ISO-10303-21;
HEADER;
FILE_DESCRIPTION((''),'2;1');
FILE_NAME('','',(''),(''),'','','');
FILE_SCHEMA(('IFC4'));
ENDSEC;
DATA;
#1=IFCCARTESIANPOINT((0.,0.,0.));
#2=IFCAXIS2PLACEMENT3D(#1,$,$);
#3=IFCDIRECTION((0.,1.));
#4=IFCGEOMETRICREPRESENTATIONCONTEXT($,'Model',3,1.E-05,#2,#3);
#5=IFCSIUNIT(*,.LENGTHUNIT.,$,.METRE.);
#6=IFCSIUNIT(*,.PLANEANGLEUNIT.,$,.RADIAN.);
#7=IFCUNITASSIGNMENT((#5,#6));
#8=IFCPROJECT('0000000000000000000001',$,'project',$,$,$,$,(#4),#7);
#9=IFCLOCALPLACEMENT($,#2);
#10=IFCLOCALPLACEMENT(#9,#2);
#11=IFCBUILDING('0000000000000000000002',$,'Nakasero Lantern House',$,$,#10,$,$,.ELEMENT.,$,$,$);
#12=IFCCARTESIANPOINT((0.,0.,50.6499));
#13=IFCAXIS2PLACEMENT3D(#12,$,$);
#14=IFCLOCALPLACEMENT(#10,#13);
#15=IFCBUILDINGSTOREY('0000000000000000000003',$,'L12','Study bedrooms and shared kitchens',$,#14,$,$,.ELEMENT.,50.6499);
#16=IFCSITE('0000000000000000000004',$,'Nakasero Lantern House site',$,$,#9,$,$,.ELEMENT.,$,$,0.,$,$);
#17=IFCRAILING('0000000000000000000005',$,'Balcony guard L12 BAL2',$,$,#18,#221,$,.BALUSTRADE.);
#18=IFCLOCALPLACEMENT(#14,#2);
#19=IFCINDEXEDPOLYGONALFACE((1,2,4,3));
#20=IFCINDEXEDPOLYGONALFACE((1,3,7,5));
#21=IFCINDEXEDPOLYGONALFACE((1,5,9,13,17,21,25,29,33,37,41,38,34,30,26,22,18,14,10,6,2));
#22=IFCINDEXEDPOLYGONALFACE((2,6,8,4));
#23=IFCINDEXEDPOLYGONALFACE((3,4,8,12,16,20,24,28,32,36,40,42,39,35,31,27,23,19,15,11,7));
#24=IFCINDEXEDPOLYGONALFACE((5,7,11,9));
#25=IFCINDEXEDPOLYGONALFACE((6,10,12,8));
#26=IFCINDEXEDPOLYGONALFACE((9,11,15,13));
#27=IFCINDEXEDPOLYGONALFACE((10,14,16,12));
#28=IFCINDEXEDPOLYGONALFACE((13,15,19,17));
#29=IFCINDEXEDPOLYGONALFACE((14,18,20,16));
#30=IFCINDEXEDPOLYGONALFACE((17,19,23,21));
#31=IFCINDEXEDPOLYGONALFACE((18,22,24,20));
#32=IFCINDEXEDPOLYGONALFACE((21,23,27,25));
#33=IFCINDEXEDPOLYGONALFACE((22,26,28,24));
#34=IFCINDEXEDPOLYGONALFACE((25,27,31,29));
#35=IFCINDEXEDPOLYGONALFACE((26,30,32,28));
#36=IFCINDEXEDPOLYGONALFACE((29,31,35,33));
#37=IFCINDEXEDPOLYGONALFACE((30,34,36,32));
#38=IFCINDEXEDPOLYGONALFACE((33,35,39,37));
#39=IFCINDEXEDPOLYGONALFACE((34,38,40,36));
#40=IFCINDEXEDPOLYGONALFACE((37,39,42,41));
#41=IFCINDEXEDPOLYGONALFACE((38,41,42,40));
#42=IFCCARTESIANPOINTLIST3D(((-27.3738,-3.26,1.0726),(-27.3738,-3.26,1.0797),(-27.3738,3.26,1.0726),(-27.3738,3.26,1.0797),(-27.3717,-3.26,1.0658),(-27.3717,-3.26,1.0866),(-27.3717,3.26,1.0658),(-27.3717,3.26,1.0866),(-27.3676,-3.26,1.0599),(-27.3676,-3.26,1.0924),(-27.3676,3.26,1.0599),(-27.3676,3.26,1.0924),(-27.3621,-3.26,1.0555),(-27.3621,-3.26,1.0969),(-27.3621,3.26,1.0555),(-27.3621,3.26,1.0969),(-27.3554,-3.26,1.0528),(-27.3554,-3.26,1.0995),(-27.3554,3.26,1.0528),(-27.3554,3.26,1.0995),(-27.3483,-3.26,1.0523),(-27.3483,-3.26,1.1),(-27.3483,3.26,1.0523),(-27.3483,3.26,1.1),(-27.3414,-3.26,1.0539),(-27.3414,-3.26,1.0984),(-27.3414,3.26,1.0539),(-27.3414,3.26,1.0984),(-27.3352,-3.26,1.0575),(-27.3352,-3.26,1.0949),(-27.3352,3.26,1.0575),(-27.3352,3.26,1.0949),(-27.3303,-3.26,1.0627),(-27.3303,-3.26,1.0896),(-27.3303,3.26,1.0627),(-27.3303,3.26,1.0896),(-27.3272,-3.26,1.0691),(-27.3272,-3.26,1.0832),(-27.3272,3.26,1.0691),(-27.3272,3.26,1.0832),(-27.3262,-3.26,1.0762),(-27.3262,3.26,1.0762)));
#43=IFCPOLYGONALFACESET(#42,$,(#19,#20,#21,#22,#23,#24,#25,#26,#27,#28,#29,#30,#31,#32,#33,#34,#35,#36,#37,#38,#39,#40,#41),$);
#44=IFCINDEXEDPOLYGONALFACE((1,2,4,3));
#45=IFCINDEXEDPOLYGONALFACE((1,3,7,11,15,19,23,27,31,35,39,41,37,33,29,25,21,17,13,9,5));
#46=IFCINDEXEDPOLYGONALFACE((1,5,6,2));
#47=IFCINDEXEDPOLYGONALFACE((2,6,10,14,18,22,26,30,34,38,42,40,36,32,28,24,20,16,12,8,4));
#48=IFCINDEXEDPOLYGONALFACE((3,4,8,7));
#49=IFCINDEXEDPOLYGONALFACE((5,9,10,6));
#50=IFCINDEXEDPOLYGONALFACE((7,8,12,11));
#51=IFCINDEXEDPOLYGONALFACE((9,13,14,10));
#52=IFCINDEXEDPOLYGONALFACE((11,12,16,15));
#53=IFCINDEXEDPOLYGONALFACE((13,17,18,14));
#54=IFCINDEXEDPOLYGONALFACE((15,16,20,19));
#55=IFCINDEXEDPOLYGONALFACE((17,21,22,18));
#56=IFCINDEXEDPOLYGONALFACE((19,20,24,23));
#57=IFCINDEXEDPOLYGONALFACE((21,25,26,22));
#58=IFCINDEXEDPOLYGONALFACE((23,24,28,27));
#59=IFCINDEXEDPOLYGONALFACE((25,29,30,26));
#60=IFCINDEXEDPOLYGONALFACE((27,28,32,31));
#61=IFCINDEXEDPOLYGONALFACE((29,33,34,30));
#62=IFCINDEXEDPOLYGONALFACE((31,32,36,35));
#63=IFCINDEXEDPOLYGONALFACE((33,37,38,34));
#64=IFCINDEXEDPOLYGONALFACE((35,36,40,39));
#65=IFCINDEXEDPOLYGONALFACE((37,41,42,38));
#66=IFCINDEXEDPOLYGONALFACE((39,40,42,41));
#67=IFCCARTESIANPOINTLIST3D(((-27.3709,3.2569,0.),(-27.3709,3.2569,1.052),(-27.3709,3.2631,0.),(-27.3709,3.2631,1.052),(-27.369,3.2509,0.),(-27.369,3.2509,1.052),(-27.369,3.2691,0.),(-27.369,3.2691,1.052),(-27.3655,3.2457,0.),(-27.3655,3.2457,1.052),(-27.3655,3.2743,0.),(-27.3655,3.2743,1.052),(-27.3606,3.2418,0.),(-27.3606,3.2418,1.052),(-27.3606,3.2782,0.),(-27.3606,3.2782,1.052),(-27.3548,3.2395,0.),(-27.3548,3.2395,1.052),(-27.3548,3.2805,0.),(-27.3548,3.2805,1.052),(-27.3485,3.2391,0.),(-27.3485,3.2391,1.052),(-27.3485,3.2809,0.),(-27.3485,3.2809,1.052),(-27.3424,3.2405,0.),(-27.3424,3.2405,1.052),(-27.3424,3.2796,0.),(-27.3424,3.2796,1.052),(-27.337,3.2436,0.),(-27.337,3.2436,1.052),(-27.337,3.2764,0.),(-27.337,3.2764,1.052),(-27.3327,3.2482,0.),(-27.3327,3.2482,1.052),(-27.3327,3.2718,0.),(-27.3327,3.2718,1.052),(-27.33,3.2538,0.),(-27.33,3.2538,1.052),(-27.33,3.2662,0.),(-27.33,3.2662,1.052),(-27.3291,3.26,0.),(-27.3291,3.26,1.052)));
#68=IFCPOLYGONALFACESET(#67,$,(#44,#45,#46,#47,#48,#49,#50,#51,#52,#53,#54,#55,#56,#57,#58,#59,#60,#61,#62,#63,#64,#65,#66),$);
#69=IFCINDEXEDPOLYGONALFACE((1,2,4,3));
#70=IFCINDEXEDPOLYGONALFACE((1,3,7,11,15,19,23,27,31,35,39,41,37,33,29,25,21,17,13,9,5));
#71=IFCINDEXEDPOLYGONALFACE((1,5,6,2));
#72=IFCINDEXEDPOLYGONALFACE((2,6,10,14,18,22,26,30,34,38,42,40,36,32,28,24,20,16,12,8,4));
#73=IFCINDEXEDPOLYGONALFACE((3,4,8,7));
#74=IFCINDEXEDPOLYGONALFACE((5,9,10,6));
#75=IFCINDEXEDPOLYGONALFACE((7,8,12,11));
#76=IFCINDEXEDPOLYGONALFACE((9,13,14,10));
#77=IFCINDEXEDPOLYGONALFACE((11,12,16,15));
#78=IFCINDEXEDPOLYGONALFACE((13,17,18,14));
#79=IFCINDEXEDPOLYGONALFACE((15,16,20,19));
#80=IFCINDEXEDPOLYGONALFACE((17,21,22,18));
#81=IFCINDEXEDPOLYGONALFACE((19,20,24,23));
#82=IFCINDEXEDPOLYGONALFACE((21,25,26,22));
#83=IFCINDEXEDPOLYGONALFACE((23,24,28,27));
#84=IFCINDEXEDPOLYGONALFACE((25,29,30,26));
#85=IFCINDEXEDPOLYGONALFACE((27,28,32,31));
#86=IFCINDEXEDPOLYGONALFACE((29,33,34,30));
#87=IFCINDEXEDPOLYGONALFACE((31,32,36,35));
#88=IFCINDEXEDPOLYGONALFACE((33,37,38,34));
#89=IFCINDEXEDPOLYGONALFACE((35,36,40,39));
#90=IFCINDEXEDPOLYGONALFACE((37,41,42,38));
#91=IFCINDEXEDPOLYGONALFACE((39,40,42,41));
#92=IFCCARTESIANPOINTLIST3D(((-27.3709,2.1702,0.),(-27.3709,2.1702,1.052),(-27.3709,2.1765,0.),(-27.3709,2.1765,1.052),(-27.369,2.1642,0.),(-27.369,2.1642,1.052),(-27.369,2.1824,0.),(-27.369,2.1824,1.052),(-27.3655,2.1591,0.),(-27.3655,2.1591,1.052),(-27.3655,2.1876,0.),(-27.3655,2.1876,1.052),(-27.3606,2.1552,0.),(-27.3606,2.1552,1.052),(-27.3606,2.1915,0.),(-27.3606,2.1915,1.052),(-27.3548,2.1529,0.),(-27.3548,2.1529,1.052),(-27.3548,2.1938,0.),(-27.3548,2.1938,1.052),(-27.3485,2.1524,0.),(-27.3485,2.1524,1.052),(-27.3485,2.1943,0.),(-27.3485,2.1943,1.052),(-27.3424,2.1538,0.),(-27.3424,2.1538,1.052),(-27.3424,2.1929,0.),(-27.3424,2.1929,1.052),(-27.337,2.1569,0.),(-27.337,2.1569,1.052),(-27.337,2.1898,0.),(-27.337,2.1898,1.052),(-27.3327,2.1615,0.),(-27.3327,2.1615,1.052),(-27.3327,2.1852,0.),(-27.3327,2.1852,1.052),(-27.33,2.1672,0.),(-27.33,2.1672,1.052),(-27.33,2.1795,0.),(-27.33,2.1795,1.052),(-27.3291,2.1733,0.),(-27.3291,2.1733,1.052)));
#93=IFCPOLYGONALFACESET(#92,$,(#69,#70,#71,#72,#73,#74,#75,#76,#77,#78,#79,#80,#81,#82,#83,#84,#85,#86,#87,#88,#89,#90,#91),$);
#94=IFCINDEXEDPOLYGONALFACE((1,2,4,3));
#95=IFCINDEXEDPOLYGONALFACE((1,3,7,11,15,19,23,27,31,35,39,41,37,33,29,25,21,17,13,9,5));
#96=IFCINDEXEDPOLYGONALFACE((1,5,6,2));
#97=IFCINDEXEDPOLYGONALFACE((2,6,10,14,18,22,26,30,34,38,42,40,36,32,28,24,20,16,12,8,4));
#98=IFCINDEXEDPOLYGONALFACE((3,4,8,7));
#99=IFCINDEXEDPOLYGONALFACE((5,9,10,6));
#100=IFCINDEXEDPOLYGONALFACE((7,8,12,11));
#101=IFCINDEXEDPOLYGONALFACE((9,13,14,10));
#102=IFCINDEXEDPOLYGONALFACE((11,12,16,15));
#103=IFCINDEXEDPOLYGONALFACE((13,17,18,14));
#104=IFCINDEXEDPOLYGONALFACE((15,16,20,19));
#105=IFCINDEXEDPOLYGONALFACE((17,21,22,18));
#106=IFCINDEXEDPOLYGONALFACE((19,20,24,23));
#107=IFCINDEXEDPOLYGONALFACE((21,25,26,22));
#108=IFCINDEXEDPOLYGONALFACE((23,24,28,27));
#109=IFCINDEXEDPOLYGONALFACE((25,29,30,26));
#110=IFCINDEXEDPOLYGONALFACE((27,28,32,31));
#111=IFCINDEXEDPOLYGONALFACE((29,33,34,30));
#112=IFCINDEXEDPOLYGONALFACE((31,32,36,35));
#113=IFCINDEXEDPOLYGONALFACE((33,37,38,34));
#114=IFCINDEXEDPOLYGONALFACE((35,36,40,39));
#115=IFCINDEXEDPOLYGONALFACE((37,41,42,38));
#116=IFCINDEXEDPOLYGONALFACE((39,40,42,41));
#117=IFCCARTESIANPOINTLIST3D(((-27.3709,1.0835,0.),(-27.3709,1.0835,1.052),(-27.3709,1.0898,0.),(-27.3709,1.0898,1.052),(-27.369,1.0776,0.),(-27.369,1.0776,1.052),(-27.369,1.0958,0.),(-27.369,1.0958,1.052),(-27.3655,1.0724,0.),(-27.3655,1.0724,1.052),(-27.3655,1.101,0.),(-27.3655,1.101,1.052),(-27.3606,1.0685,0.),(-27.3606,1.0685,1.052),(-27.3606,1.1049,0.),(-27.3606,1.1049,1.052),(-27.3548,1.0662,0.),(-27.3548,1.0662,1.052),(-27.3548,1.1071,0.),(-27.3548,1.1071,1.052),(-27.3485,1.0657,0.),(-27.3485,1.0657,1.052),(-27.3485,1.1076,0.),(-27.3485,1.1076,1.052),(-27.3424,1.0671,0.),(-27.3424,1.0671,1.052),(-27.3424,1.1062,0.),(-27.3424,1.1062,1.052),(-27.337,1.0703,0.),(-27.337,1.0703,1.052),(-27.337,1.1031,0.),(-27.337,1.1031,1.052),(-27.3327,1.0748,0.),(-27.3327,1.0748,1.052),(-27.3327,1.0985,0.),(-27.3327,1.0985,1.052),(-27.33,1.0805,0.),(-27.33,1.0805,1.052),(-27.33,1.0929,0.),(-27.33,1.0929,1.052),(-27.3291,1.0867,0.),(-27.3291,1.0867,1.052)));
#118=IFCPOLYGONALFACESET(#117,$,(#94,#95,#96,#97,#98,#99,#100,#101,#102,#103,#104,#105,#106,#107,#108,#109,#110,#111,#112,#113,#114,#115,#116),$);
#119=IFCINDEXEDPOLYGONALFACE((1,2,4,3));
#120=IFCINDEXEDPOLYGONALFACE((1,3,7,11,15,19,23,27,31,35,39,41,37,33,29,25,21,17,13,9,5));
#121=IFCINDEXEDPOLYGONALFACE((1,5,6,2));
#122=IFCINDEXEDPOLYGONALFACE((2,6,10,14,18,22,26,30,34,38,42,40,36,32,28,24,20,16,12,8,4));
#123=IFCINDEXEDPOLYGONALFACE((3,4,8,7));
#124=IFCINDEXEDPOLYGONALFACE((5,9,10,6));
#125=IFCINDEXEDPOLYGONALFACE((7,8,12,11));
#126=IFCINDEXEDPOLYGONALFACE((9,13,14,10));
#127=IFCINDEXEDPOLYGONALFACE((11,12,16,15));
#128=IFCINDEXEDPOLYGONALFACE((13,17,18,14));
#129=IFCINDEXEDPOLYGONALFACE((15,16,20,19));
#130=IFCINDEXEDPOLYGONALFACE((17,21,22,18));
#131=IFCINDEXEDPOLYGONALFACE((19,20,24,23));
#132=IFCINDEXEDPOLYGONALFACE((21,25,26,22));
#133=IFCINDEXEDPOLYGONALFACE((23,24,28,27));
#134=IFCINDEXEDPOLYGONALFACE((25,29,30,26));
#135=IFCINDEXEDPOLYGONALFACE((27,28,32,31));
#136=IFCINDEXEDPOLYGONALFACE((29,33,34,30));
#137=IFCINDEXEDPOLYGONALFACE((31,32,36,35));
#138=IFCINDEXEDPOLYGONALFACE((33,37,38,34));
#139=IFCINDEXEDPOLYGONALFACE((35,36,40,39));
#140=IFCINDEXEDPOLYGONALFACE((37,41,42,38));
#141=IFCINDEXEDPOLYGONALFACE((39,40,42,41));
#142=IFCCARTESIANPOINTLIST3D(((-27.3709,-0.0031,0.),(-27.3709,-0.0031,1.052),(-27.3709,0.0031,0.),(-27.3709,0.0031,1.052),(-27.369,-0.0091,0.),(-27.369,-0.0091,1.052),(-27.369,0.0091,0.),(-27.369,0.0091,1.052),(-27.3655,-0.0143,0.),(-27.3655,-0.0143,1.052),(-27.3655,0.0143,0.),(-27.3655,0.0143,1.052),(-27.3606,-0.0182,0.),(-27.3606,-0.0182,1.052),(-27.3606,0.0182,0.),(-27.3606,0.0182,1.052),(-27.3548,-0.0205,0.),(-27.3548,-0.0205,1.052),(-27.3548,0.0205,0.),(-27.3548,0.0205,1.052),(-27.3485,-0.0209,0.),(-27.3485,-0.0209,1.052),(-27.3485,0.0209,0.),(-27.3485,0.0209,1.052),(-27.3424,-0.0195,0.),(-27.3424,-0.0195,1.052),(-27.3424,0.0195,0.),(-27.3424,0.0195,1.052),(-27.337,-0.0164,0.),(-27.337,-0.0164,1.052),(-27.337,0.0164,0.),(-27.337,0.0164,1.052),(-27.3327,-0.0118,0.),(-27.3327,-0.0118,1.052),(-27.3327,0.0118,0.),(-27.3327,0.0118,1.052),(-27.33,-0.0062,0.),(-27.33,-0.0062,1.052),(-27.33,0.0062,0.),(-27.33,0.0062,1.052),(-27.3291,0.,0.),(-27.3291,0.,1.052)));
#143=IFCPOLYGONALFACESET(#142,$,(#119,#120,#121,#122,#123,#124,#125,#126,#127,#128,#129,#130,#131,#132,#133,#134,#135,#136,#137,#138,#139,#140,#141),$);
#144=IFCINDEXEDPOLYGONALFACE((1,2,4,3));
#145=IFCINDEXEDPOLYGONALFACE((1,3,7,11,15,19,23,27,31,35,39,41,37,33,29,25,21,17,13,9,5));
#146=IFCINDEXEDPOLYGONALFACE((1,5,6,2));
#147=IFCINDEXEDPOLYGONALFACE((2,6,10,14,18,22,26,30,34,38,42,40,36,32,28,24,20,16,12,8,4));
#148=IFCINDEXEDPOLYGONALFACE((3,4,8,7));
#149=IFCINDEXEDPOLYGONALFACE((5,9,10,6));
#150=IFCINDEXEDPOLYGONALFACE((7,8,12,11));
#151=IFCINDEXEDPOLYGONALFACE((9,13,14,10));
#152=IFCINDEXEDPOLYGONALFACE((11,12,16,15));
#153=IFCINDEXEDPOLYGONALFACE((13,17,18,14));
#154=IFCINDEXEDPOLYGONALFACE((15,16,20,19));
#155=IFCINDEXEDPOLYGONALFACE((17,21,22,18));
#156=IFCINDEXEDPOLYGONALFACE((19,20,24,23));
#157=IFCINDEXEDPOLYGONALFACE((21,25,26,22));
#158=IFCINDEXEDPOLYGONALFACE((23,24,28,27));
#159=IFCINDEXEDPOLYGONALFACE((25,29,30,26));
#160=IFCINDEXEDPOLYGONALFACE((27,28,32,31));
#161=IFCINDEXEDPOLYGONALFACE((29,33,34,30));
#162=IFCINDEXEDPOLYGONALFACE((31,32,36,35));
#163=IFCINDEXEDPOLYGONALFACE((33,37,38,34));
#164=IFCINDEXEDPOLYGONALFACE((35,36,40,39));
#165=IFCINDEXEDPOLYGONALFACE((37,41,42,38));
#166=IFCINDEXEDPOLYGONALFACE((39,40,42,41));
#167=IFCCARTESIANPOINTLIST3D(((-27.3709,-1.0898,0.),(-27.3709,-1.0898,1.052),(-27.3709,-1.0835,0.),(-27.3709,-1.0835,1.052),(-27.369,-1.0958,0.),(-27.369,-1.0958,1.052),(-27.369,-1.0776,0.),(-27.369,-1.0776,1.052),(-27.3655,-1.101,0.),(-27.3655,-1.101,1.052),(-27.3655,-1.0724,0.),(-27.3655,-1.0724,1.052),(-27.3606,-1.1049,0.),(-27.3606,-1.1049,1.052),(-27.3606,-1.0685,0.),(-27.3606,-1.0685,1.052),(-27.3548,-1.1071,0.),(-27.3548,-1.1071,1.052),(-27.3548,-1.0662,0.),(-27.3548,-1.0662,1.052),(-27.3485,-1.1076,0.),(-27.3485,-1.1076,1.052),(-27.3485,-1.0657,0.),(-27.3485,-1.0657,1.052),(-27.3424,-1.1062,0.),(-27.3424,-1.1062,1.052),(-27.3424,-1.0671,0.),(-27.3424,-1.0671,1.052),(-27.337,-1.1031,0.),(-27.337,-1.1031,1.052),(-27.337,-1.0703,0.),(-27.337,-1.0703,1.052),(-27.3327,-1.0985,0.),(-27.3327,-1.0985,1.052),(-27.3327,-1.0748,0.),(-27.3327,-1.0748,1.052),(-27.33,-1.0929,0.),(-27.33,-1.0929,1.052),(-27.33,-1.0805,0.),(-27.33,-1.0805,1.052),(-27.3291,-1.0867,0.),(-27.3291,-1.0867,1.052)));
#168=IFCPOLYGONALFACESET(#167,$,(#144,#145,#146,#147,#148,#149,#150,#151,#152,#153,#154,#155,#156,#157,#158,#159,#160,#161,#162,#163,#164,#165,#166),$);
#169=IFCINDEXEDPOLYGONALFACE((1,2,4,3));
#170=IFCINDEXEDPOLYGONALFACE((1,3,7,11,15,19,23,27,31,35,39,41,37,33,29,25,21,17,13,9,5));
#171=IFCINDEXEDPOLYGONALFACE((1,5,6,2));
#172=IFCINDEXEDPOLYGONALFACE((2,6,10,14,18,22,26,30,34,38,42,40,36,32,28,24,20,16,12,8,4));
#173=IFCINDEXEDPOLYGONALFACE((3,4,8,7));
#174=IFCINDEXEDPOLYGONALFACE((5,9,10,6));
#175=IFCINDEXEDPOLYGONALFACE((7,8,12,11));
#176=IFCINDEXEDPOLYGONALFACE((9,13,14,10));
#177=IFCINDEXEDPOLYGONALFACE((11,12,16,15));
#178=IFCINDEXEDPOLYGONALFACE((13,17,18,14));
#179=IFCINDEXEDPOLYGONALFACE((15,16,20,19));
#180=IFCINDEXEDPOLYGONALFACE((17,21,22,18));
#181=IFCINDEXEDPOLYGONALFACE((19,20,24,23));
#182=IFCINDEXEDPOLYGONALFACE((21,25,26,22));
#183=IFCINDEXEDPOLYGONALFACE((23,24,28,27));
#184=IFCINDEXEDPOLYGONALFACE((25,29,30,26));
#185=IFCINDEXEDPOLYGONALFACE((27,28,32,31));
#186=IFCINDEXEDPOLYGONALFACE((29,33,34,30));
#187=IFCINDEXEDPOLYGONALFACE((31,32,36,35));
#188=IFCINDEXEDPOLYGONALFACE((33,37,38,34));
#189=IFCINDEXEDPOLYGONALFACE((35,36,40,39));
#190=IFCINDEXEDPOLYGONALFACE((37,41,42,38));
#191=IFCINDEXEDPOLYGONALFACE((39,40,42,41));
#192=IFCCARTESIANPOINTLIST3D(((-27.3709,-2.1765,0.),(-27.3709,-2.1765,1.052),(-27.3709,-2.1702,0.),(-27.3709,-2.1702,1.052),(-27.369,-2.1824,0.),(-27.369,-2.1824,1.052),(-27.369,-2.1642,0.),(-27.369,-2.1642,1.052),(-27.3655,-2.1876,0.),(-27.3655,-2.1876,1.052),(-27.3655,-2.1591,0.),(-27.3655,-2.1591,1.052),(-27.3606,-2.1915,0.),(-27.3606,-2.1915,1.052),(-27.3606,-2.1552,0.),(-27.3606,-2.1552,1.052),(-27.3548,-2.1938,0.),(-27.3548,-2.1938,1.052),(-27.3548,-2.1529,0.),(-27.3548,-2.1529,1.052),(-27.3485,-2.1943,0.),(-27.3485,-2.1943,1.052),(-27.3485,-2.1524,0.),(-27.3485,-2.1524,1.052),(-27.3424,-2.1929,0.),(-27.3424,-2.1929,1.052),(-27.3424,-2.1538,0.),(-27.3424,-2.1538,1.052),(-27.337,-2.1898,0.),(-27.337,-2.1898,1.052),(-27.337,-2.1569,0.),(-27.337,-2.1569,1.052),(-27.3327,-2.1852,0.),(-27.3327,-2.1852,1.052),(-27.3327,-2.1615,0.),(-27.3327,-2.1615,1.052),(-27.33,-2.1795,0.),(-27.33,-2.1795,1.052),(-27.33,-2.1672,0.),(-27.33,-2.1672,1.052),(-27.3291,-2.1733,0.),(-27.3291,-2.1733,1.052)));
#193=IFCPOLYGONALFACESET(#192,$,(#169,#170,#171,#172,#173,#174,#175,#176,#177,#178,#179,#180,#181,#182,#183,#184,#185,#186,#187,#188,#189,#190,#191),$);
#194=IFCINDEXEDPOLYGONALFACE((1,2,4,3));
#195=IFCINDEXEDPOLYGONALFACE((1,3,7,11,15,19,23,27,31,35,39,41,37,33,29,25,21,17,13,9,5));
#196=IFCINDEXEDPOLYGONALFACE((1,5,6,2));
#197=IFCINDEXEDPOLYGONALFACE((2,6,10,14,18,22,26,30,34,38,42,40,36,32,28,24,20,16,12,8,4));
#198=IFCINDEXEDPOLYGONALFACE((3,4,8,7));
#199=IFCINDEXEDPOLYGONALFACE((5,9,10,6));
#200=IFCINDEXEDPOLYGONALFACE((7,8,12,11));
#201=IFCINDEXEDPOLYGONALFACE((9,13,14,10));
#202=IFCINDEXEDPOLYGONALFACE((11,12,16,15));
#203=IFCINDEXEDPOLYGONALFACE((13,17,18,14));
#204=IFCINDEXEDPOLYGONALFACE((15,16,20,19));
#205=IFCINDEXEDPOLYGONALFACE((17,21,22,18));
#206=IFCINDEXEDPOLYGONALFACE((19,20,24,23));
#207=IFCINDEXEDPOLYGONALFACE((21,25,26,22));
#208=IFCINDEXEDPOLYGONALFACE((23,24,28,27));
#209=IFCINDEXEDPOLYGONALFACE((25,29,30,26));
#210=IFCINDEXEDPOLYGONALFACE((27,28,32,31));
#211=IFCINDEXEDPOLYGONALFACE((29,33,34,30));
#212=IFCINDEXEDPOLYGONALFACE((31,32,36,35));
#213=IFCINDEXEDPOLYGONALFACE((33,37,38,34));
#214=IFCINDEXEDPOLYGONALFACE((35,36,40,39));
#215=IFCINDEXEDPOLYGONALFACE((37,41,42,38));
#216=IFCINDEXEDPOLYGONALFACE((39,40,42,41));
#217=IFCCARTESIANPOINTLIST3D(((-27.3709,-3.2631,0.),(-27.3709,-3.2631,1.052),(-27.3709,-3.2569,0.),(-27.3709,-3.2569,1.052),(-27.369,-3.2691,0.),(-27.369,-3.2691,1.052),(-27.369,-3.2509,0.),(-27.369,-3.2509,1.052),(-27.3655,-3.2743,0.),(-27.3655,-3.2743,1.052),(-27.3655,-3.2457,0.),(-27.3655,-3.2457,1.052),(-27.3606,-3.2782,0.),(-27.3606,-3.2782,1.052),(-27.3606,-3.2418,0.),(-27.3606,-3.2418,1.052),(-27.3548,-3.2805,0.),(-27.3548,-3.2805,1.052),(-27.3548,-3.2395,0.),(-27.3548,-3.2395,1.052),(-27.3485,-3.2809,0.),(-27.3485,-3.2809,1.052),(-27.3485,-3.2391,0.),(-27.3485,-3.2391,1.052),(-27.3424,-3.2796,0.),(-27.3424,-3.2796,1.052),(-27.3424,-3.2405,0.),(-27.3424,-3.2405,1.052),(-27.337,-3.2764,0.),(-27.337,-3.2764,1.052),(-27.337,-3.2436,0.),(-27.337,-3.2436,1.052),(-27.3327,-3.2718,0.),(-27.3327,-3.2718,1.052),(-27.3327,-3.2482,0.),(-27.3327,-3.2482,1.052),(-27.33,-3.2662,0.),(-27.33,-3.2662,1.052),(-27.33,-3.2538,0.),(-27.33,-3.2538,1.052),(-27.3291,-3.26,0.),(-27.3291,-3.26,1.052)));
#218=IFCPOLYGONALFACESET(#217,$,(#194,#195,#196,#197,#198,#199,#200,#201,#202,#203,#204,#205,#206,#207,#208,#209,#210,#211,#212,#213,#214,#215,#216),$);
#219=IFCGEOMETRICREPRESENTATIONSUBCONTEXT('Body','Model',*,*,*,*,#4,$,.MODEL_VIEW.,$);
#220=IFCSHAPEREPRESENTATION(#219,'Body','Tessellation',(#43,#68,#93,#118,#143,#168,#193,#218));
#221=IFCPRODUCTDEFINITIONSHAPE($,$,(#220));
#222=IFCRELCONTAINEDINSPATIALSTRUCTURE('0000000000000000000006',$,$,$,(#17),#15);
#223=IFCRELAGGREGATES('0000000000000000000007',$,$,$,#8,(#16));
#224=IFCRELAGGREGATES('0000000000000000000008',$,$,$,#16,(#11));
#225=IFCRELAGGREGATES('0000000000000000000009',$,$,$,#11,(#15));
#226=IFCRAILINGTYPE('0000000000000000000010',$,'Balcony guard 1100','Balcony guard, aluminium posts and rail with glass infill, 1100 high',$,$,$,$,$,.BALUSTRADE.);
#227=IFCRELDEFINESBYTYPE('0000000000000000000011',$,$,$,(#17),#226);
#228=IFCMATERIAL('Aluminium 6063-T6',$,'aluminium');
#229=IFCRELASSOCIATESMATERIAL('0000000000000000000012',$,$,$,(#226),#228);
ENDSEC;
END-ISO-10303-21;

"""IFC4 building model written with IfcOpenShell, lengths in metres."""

from ifc_helpers import new_model, si_unit, direction, frame, origin, origin_2d, place, context, subcontext, project, spatial, circle, extrude, material, type_object, element, save


model = new_model("IFC4")

# Units and contexts
model_context = context("Model", 3, precision=1e-05, world=origin(), true_north=direction((0.0, 1.0)))
body_context = subcontext(model_context, "Body", "Model", "MODEL_VIEW")
ifc_project = project(units=[si_unit("LENGTHUNIT", "METRE"), si_unit("PLANEANGLEUNIT", "RADIAN")], contexts=[model_context])

# Site, building, storey
site_placement = place(None, origin())
site = spatial("IfcSite", under=ifc_project, at=site_placement, Name="Nakasero Lantern House site", CompositionType="ELEMENT", RefElevation=0.0)
building_placement = place(site_placement, origin())
building = spatial("IfcBuilding", under=site, at=building_placement, Name="Nakasero Lantern House", CompositionType="ELEMENT")
storey_placement = place(building_placement, frame((0.0, 0.0, 50.6499)))
storey = spatial("IfcBuildingStorey", under=building, at=storey_placement, Name="L12", Description="Study bedrooms and shared kitchens", CompositionType="ELEMENT", Elevation=50.6499)

# Railing
ifc_material_1 = material(Name="Aluminium 6063-T6", Category="aluminium")
railing_type = type_object("IfcRailingType", Name="Balcony guard 1100", Description="Balcony guard, aluminium posts and rail with glass infill, 1100 high", PredefinedType="BALUSTRADE", material=ifc_material_1)
railing_placement = place(storey_placement, frame((-27.3501, 3.26, 0.0)))
element("IfcRailing", 1, at=railing_placement, inside=storey, type_object=railing_type, Name="Balcony guard L12 BAL2", PredefinedType="BALUSTRADE", context=body_context, shape_type="SweptSolid", body=[
    extrude(circle(Radius=0.0239, at=origin_2d()), frame((0.0, 0.0, 1.0762), z_axis=(0.0, -1.0, 0.0), x_axis=(1.0, 0.0, 0.0)), (0.0, 0.0, 1.0), 6.52),
    extrude(circle(Radius=0.021, at=origin_2d()), origin(), (0.0, 0.0, 1.0), 1.052),
    extrude(circle(Radius=0.021, at=origin_2d()), frame((0.0, -1.0867, 0.0)), (0.0, 0.0, 1.0), 1.052),
    extrude(circle(Radius=0.021, at=origin_2d()), frame((0.0, -2.1733, 0.0)), (0.0, 0.0, 1.0), 1.052),
    extrude(circle(Radius=0.021, at=origin_2d()), frame((0.0, -3.26, 0.0)), (0.0, 0.0, 1.0), 1.052),
    extrude(circle(Radius=0.021, at=origin_2d()), frame((0.0, -4.3467, 0.0)), (0.0, 0.0, 1.0), 1.052),
    extrude(circle(Radius=0.021, at=origin_2d()), frame((0.0, -5.4333, 0.0)), (0.0, 0.0, 1.0), 1.052),
    extrude(circle(Radius=0.021, at=origin_2d()), frame((0.0, -6.52, 0.0)), (0.0, 0.0, 1.0), 1.052),
])

save(model, "model.ifc")
